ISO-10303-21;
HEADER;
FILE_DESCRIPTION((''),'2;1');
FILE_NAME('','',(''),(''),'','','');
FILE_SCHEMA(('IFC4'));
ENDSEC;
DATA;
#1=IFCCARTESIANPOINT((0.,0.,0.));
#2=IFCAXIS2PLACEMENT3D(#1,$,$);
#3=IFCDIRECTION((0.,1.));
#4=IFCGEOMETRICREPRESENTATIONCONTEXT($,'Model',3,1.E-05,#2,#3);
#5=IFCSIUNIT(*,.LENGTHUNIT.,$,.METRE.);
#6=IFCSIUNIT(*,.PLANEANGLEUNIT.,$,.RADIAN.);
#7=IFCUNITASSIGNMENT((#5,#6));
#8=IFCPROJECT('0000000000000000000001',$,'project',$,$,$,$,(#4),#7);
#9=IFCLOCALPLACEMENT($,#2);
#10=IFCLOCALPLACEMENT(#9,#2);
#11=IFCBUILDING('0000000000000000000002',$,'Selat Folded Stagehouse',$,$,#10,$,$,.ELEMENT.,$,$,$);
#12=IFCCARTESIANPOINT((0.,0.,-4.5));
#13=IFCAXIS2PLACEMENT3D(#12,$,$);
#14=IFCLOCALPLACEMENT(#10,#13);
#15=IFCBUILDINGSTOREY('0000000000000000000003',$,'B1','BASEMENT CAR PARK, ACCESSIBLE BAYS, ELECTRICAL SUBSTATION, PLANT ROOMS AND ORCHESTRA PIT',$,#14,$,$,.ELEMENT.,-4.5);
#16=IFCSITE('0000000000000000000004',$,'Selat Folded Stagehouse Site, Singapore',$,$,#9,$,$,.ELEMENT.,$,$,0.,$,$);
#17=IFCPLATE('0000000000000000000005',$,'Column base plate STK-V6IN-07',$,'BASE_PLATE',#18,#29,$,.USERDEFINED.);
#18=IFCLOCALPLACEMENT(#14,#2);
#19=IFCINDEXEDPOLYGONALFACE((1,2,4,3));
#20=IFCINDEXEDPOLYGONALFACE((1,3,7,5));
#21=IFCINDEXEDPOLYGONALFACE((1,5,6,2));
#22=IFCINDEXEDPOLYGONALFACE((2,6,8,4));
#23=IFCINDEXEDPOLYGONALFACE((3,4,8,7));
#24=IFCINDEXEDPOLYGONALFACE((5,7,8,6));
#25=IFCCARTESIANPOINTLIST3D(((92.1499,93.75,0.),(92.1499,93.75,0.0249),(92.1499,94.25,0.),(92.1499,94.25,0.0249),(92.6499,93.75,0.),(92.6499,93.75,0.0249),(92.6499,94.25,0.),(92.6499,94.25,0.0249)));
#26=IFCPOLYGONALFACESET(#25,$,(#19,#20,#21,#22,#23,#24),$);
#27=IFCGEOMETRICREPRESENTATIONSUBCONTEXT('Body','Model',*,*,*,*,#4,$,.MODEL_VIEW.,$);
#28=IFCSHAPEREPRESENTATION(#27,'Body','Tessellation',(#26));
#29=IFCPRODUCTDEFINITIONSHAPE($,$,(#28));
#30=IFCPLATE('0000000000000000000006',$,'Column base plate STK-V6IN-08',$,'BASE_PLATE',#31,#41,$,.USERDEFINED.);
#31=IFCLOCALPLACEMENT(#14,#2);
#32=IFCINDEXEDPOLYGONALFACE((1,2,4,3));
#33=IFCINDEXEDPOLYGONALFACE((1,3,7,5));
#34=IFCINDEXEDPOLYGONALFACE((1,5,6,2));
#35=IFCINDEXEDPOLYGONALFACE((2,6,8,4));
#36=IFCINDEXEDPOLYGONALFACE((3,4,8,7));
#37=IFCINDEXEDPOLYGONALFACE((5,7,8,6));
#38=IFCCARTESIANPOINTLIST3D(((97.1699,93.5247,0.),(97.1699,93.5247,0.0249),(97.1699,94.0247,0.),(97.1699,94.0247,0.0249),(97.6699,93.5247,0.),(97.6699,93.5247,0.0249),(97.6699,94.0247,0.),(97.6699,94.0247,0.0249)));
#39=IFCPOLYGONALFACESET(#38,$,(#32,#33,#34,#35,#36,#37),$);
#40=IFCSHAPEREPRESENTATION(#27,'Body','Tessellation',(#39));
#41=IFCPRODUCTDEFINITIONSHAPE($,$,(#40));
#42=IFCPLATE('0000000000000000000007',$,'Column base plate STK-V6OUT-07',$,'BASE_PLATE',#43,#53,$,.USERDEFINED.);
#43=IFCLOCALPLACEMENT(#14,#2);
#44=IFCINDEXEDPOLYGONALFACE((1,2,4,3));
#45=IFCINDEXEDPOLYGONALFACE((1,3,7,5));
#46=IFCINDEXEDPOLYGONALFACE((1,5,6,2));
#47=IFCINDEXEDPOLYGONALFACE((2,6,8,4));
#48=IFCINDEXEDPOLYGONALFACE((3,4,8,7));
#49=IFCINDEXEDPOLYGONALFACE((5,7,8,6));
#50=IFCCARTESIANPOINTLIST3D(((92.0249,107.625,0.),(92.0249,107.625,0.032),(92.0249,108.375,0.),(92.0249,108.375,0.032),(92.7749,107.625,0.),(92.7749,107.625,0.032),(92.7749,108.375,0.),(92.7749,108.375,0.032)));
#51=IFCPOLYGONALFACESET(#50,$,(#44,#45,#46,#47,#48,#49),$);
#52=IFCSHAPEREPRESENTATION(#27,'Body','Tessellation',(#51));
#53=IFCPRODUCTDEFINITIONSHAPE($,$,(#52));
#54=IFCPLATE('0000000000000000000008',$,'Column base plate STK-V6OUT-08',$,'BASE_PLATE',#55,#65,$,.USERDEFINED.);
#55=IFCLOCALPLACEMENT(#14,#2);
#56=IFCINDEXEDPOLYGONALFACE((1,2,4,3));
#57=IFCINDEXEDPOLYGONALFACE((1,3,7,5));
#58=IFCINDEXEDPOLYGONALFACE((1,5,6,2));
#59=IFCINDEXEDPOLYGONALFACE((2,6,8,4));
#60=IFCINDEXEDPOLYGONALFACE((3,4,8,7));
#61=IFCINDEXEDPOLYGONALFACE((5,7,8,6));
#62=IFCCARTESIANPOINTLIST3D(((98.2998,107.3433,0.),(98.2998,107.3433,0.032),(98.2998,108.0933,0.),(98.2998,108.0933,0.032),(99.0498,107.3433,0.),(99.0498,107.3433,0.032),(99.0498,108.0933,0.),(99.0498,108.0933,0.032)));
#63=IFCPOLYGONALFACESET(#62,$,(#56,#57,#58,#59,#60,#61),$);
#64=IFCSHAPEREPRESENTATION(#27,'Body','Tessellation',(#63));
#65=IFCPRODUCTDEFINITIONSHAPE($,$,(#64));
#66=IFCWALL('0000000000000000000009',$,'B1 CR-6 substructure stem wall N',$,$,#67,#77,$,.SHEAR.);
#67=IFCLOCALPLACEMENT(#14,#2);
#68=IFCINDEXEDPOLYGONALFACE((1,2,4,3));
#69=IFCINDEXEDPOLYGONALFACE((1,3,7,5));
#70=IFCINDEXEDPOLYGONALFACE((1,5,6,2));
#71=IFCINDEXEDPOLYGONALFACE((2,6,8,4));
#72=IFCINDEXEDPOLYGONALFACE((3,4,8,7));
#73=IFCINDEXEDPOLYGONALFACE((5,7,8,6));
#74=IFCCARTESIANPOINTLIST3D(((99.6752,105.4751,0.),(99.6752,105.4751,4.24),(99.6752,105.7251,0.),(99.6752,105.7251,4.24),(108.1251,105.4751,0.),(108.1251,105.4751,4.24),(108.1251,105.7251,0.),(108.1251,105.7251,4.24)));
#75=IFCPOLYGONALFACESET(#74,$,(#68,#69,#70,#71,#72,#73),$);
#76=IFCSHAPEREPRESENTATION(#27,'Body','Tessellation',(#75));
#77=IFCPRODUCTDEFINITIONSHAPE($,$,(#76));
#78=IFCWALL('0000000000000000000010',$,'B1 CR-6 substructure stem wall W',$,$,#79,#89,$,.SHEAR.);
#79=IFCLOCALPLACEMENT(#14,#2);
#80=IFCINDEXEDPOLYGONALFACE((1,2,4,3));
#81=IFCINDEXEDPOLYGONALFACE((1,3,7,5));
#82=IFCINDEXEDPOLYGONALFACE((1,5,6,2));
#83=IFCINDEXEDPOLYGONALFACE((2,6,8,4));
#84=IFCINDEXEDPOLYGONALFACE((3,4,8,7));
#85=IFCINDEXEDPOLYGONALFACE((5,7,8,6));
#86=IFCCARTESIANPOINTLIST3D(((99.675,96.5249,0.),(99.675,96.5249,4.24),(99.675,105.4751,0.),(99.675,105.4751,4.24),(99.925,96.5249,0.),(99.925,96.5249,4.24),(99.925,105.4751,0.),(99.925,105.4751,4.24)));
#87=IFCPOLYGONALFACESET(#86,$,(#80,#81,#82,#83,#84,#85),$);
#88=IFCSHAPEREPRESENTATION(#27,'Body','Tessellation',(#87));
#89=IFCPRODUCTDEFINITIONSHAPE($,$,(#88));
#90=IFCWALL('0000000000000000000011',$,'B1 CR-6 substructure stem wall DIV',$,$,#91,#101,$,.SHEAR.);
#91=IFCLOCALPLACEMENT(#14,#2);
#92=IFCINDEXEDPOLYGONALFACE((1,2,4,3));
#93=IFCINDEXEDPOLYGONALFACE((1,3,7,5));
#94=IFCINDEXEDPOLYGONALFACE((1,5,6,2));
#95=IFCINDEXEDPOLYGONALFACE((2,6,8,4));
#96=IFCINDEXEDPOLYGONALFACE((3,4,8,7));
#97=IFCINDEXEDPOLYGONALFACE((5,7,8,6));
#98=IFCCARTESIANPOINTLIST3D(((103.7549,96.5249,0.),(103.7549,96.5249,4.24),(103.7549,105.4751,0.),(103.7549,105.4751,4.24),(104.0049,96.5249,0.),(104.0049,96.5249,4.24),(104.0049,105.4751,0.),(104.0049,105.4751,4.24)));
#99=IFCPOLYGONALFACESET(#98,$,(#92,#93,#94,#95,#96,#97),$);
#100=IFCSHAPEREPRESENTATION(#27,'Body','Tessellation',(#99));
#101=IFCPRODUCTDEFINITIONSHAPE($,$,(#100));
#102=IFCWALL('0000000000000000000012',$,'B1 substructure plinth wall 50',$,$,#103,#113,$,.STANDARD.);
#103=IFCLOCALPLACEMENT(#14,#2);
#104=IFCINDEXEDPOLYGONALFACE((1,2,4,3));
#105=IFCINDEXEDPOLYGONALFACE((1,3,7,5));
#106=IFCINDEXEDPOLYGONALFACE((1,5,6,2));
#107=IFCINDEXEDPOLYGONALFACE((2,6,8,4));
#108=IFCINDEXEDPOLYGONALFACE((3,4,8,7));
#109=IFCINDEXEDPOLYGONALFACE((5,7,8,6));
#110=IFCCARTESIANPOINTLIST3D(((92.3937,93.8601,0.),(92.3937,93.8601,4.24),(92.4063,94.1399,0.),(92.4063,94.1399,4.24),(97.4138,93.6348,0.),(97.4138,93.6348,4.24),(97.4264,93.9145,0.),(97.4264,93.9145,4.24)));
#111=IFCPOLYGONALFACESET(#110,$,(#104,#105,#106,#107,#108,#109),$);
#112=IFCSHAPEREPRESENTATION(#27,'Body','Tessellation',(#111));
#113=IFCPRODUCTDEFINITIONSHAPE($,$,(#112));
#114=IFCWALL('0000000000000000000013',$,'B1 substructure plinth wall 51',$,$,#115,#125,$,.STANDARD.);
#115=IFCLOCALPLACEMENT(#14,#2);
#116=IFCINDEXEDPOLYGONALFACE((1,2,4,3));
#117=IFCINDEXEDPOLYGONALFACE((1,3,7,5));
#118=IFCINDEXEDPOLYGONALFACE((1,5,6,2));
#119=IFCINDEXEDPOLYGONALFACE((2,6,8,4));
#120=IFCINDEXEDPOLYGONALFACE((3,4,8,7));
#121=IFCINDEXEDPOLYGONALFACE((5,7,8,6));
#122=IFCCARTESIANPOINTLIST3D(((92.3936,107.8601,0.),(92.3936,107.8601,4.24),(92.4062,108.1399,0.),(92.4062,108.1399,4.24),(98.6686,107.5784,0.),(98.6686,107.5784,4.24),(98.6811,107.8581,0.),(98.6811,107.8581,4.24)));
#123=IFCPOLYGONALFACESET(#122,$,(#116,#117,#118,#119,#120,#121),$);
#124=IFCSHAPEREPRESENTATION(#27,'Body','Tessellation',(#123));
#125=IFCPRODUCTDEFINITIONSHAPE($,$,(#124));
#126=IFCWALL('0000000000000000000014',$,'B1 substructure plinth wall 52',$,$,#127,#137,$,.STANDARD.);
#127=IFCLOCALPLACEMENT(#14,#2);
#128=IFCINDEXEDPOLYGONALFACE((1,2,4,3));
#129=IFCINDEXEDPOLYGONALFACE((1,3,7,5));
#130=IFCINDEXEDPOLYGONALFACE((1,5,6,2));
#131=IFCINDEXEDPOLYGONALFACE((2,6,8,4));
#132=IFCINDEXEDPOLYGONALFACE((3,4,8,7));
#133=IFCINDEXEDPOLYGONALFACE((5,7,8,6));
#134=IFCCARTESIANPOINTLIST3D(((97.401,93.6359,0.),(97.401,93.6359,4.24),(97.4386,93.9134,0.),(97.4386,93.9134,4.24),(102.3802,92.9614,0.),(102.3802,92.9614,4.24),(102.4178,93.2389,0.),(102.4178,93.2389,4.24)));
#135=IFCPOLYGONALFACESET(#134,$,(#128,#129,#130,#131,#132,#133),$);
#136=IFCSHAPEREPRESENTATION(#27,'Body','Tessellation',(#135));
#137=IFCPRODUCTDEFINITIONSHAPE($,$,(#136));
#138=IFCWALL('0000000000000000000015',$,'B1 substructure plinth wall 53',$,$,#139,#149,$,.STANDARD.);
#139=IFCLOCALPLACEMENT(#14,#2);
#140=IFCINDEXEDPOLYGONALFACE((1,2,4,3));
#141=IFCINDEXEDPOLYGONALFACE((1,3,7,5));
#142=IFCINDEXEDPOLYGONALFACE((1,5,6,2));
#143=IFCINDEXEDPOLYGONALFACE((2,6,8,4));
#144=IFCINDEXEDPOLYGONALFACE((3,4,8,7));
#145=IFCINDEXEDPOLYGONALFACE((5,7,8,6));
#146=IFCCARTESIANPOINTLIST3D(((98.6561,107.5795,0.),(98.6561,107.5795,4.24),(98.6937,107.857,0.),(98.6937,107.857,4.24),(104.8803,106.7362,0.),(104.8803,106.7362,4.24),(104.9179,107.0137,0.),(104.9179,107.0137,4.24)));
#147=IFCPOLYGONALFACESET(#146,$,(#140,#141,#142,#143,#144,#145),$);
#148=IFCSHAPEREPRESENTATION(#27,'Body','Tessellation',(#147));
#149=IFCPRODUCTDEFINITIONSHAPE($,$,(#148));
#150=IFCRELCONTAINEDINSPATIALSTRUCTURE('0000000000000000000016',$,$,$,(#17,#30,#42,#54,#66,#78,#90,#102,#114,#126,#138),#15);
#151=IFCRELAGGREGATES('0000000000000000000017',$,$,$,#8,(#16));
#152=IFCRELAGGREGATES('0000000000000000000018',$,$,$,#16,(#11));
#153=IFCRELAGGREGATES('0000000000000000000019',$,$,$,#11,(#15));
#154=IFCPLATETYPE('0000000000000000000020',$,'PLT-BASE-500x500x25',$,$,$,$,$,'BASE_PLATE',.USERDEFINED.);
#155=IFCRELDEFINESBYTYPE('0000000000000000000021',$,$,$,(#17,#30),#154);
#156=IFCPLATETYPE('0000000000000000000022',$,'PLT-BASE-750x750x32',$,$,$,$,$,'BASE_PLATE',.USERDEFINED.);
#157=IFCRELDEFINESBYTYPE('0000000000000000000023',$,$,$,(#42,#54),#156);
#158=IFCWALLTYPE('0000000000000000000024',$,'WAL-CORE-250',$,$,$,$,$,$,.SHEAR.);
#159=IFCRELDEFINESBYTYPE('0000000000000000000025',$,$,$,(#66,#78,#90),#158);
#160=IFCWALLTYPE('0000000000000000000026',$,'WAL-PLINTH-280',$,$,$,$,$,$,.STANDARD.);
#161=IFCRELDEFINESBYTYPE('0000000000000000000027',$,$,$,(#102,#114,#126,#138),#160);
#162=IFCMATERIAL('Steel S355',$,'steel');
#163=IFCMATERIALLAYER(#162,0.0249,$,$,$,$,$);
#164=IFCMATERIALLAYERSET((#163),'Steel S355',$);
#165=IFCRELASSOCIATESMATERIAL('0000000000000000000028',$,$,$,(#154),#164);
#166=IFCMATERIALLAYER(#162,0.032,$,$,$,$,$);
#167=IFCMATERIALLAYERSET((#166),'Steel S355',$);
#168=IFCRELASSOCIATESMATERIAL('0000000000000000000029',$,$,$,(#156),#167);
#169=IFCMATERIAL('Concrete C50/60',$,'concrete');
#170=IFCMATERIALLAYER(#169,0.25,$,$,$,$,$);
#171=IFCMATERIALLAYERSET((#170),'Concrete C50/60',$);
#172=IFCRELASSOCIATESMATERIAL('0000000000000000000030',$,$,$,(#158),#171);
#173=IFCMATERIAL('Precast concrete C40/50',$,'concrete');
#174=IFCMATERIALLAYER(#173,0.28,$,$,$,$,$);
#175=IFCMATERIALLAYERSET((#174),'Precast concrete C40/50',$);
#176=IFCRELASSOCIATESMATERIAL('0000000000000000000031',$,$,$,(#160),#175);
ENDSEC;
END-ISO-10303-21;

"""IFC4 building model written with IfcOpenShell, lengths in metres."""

from ifc_helpers import new_model, si_unit, direction, frame, frame_2d, origin, origin_2d, place, context, subcontext, project, spatial, rectangle, extrude, material, layer, layer_set, type_object, element, save


model = new_model("IFC4")

# Units and contexts
model_context = context("Model", 3, precision=1e-05, world=origin(), true_north=direction((0.0, 1.0)))
body_context = subcontext(model_context, "Body", "Model", "MODEL_VIEW")
ifc_project = project(units=[si_unit("LENGTHUNIT", "METRE"), si_unit("PLANEANGLEUNIT", "RADIAN")], contexts=[model_context])

# Site, building, storey
site_placement = place(None, origin())
site = spatial("IfcSite", under=ifc_project, at=site_placement, Name="Selat Folded Stagehouse Site, Singapore", CompositionType="ELEMENT", RefElevation=0.0)
building_placement = place(site_placement, origin())
building = spatial("IfcBuilding", under=site, at=building_placement, Name="Selat Folded Stagehouse", CompositionType="ELEMENT")
storey_placement = place(building_placement, frame((0.0, 0.0, -4.5)))
storey = spatial("IfcBuildingStorey", under=building, at=storey_placement, Name="B1", Description="BASEMENT CAR PARK, ACCESSIBLE BAYS, ELECTRICAL SUBSTATION, PLANT ROOMS AND ORCHESTRA PIT", CompositionType="ELEMENT", Elevation=-4.5)

# Shared definitions
ifc_material_1 = material(Name="Steel S355", Category="steel")

# Plates
ifc_layer_1 = layer(ifc_material_1, 0.0249)
ifc_layer_set_1 = layer_set([ifc_layer_1], Name="Steel S355")
plate_type_1 = type_object("IfcPlateType", Name="PLT-BASE-500x500x25", ElementType="BASE_PLATE", PredefinedType="USERDEFINED", material=ifc_layer_set_1)
for number, where, z_axis, x_axis, name in (
    (1, (92.3999, 94.0, 0.0), (0.0, 0.0, 1.0), (1.0, 0.0, 0.0), "Column base plate STK-V6IN-07"),
    (2, (97.4199, 93.7747, 0.0), (0.0, 0.0, 1.0), (1.0, 0.0, 0.0), "Column base plate STK-V6IN-08"),
):
    element("IfcPlate", number, at=place(storey_placement, frame(where, z_axis=z_axis, x_axis=x_axis)), inside=storey, type_object=plate_type_1, Name=name, ObjectType="BASE_PLATE", PredefinedType="USERDEFINED", context=body_context, shape_type="SweptSolid", body=[
        extrude(rectangle(XDim=0.5, YDim=0.5, at=origin_2d()), origin(), (0.0, 0.0, 1.0), 0.0249),
    ])
ifc_layer_2 = layer(ifc_material_1, 0.032)
ifc_layer_set_2 = layer_set([ifc_layer_2], Name="Steel S355")
plate_type_2 = type_object("IfcPlateType", Name="PLT-BASE-750x750x32", ElementType="BASE_PLATE", PredefinedType="USERDEFINED", material=ifc_layer_set_2)
for number, where, z_axis, x_axis, name in (
    (3, (92.3999, 108.0, 0.0), (0.0, 0.0, 1.0), (1.0, 0.0, 0.0), "Column base plate STK-V6OUT-07"),
    (4, (98.6748, 107.7183, 0.0), (0.0, 0.0, 1.0), (1.0, 0.0, 0.0), "Column base plate STK-V6OUT-08"),
):
    element("IfcPlate", number, at=place(storey_placement, frame(where, z_axis=z_axis, x_axis=x_axis)), inside=storey, type_object=plate_type_2, Name=name, ObjectType="BASE_PLATE", PredefinedType="USERDEFINED", context=body_context, shape_type="SweptSolid", body=[
        extrude(rectangle(XDim=0.75, YDim=0.75, at=origin_2d()), origin(), (0.0, 0.0, 1.0), 0.032),
    ])

# Walls
ifc_material_2 = material(Name="Concrete C50/60", Category="concrete")
ifc_layer_3 = layer(ifc_material_2, 0.25)
ifc_layer_set_3 = layer_set([ifc_layer_3], Name="Concrete C50/60")
wall_type_1 = type_object("IfcWallType", Name="WAL-CORE-250", PredefinedType="SHEAR", material=ifc_layer_set_3)
wall_1_placement = place(storey_placement, frame((99.675, 105.6001, 0.0), z_axis=(0.0, 0.0, 1.0), x_axis=(1.0, 0.0, 0.0)))
element("IfcWall", 5, at=wall_1_placement, inside=storey, type_object=wall_type_1, Name="B1 CR-6 substructure stem wall N", PredefinedType="SHEAR", context=body_context, shape_type="SweptSolid", body=[
    extrude(rectangle(XDim=8.45, YDim=0.25, at=frame_2d((4.2251, 0.0))), origin(), (0.0, 0.0, 1.0), 4.24),
])
for number, where, z_axis, x_axis, name in (
    (6, (99.8, 96.5249, 0.0), (0.0, 0.0, 1.0), (0.0, 1.0, 0.0), "B1 CR-6 substructure stem wall W"),
    (7, (103.8799, 105.4751, 0.0), (0.0, 0.0, 1.0), (0.0, -1.0, 0.0), "B1 CR-6 substructure stem wall DIV"),
):
    element("IfcWall", number, at=place(storey_placement, frame(where, z_axis=z_axis, x_axis=x_axis)), inside=storey, type_object=wall_type_1, Name=name, PredefinedType="SHEAR", context=body_context, shape_type="SweptSolid", body=[
        extrude(rectangle(XDim=8.9502, YDim=0.25, at=frame_2d((4.4751, 0.0))), origin(), (0.0, 0.0, 1.0), 4.24),
    ])
ifc_material_3 = material(Name="Precast concrete C40/50", Category="concrete")
ifc_layer_4 = layer(ifc_material_3, 0.28)
ifc_layer_set_4 = layer_set([ifc_layer_4], Name="Precast concrete C40/50")
wall_type_2 = type_object("IfcWallType", Name="WAL-PLINTH-280", PredefinedType="STANDARD", material=ifc_layer_set_4)
wall_2_placement = place(storey_placement, frame((92.3999, 94.0, 0.0), z_axis=(0.0, 0.0, 1.0), x_axis=(0.998994, -0.044843, 0.0)))
element("IfcWall", 8, at=wall_2_placement, inside=storey, type_object=wall_type_2, Name="B1 substructure plinth wall 50", PredefinedType="STANDARD", context=body_context, shape_type="SweptSolid", body=[
    extrude(rectangle(XDim=5.0251, YDim=0.28, at=frame_2d((2.5127, 0.0))), origin(), (0.0, 0.0, 1.0), 4.24),
])
wall_3_placement = place(storey_placement, frame((92.3999, 108.0, 0.0), z_axis=(0.0, 0.0, 1.0), x_axis=(0.998994, -0.044854, 0.0)))
element("IfcWall", 9, at=wall_3_placement, inside=storey, type_object=wall_type_2, Name="B1 substructure plinth wall 51", PredefinedType="STANDARD", context=body_context, shape_type="SweptSolid", body=[
    extrude(rectangle(XDim=6.2812, YDim=0.28, at=frame_2d((3.1406, 0.0))), origin(), (0.0, 0.0, 1.0), 4.24),
])
wall_4_placement = place(storey_placement, frame((97.4199, 93.7747, 0.0), z_axis=(0.0, 0.0, 1.0), x_axis=(0.990948, -0.134248, 0.0)))
element("IfcWall", 10, at=wall_4_placement, inside=storey, type_object=wall_type_2, Name="B1 substructure plinth wall 52", PredefinedType="STANDARD", context=body_context, shape_type="SweptSolid", body=[
    extrude(rectangle(XDim=5.0247, YDim=0.28, at=frame_2d((2.5122, 0.0))), origin(), (0.0, 0.0, 1.0), 4.24),
])
wall_5_placement = place(storey_placement, frame((98.6748, 107.7183, 0.0), z_axis=(0.0, 0.0, 1.0), x_axis=(0.990947, -0.134256, 0.0)))
element("IfcWall", 11, at=wall_5_placement, inside=storey, type_object=wall_type_2, Name="B1 substructure plinth wall 53", PredefinedType="STANDARD", context=body_context, shape_type="SweptSolid", body=[
    extrude(rectangle(XDim=6.281, YDim=0.28, at=frame_2d((3.1406, 0.0))), origin(), (0.0, 0.0, 1.0), 4.24),
])

save(model, "model.ifc")
